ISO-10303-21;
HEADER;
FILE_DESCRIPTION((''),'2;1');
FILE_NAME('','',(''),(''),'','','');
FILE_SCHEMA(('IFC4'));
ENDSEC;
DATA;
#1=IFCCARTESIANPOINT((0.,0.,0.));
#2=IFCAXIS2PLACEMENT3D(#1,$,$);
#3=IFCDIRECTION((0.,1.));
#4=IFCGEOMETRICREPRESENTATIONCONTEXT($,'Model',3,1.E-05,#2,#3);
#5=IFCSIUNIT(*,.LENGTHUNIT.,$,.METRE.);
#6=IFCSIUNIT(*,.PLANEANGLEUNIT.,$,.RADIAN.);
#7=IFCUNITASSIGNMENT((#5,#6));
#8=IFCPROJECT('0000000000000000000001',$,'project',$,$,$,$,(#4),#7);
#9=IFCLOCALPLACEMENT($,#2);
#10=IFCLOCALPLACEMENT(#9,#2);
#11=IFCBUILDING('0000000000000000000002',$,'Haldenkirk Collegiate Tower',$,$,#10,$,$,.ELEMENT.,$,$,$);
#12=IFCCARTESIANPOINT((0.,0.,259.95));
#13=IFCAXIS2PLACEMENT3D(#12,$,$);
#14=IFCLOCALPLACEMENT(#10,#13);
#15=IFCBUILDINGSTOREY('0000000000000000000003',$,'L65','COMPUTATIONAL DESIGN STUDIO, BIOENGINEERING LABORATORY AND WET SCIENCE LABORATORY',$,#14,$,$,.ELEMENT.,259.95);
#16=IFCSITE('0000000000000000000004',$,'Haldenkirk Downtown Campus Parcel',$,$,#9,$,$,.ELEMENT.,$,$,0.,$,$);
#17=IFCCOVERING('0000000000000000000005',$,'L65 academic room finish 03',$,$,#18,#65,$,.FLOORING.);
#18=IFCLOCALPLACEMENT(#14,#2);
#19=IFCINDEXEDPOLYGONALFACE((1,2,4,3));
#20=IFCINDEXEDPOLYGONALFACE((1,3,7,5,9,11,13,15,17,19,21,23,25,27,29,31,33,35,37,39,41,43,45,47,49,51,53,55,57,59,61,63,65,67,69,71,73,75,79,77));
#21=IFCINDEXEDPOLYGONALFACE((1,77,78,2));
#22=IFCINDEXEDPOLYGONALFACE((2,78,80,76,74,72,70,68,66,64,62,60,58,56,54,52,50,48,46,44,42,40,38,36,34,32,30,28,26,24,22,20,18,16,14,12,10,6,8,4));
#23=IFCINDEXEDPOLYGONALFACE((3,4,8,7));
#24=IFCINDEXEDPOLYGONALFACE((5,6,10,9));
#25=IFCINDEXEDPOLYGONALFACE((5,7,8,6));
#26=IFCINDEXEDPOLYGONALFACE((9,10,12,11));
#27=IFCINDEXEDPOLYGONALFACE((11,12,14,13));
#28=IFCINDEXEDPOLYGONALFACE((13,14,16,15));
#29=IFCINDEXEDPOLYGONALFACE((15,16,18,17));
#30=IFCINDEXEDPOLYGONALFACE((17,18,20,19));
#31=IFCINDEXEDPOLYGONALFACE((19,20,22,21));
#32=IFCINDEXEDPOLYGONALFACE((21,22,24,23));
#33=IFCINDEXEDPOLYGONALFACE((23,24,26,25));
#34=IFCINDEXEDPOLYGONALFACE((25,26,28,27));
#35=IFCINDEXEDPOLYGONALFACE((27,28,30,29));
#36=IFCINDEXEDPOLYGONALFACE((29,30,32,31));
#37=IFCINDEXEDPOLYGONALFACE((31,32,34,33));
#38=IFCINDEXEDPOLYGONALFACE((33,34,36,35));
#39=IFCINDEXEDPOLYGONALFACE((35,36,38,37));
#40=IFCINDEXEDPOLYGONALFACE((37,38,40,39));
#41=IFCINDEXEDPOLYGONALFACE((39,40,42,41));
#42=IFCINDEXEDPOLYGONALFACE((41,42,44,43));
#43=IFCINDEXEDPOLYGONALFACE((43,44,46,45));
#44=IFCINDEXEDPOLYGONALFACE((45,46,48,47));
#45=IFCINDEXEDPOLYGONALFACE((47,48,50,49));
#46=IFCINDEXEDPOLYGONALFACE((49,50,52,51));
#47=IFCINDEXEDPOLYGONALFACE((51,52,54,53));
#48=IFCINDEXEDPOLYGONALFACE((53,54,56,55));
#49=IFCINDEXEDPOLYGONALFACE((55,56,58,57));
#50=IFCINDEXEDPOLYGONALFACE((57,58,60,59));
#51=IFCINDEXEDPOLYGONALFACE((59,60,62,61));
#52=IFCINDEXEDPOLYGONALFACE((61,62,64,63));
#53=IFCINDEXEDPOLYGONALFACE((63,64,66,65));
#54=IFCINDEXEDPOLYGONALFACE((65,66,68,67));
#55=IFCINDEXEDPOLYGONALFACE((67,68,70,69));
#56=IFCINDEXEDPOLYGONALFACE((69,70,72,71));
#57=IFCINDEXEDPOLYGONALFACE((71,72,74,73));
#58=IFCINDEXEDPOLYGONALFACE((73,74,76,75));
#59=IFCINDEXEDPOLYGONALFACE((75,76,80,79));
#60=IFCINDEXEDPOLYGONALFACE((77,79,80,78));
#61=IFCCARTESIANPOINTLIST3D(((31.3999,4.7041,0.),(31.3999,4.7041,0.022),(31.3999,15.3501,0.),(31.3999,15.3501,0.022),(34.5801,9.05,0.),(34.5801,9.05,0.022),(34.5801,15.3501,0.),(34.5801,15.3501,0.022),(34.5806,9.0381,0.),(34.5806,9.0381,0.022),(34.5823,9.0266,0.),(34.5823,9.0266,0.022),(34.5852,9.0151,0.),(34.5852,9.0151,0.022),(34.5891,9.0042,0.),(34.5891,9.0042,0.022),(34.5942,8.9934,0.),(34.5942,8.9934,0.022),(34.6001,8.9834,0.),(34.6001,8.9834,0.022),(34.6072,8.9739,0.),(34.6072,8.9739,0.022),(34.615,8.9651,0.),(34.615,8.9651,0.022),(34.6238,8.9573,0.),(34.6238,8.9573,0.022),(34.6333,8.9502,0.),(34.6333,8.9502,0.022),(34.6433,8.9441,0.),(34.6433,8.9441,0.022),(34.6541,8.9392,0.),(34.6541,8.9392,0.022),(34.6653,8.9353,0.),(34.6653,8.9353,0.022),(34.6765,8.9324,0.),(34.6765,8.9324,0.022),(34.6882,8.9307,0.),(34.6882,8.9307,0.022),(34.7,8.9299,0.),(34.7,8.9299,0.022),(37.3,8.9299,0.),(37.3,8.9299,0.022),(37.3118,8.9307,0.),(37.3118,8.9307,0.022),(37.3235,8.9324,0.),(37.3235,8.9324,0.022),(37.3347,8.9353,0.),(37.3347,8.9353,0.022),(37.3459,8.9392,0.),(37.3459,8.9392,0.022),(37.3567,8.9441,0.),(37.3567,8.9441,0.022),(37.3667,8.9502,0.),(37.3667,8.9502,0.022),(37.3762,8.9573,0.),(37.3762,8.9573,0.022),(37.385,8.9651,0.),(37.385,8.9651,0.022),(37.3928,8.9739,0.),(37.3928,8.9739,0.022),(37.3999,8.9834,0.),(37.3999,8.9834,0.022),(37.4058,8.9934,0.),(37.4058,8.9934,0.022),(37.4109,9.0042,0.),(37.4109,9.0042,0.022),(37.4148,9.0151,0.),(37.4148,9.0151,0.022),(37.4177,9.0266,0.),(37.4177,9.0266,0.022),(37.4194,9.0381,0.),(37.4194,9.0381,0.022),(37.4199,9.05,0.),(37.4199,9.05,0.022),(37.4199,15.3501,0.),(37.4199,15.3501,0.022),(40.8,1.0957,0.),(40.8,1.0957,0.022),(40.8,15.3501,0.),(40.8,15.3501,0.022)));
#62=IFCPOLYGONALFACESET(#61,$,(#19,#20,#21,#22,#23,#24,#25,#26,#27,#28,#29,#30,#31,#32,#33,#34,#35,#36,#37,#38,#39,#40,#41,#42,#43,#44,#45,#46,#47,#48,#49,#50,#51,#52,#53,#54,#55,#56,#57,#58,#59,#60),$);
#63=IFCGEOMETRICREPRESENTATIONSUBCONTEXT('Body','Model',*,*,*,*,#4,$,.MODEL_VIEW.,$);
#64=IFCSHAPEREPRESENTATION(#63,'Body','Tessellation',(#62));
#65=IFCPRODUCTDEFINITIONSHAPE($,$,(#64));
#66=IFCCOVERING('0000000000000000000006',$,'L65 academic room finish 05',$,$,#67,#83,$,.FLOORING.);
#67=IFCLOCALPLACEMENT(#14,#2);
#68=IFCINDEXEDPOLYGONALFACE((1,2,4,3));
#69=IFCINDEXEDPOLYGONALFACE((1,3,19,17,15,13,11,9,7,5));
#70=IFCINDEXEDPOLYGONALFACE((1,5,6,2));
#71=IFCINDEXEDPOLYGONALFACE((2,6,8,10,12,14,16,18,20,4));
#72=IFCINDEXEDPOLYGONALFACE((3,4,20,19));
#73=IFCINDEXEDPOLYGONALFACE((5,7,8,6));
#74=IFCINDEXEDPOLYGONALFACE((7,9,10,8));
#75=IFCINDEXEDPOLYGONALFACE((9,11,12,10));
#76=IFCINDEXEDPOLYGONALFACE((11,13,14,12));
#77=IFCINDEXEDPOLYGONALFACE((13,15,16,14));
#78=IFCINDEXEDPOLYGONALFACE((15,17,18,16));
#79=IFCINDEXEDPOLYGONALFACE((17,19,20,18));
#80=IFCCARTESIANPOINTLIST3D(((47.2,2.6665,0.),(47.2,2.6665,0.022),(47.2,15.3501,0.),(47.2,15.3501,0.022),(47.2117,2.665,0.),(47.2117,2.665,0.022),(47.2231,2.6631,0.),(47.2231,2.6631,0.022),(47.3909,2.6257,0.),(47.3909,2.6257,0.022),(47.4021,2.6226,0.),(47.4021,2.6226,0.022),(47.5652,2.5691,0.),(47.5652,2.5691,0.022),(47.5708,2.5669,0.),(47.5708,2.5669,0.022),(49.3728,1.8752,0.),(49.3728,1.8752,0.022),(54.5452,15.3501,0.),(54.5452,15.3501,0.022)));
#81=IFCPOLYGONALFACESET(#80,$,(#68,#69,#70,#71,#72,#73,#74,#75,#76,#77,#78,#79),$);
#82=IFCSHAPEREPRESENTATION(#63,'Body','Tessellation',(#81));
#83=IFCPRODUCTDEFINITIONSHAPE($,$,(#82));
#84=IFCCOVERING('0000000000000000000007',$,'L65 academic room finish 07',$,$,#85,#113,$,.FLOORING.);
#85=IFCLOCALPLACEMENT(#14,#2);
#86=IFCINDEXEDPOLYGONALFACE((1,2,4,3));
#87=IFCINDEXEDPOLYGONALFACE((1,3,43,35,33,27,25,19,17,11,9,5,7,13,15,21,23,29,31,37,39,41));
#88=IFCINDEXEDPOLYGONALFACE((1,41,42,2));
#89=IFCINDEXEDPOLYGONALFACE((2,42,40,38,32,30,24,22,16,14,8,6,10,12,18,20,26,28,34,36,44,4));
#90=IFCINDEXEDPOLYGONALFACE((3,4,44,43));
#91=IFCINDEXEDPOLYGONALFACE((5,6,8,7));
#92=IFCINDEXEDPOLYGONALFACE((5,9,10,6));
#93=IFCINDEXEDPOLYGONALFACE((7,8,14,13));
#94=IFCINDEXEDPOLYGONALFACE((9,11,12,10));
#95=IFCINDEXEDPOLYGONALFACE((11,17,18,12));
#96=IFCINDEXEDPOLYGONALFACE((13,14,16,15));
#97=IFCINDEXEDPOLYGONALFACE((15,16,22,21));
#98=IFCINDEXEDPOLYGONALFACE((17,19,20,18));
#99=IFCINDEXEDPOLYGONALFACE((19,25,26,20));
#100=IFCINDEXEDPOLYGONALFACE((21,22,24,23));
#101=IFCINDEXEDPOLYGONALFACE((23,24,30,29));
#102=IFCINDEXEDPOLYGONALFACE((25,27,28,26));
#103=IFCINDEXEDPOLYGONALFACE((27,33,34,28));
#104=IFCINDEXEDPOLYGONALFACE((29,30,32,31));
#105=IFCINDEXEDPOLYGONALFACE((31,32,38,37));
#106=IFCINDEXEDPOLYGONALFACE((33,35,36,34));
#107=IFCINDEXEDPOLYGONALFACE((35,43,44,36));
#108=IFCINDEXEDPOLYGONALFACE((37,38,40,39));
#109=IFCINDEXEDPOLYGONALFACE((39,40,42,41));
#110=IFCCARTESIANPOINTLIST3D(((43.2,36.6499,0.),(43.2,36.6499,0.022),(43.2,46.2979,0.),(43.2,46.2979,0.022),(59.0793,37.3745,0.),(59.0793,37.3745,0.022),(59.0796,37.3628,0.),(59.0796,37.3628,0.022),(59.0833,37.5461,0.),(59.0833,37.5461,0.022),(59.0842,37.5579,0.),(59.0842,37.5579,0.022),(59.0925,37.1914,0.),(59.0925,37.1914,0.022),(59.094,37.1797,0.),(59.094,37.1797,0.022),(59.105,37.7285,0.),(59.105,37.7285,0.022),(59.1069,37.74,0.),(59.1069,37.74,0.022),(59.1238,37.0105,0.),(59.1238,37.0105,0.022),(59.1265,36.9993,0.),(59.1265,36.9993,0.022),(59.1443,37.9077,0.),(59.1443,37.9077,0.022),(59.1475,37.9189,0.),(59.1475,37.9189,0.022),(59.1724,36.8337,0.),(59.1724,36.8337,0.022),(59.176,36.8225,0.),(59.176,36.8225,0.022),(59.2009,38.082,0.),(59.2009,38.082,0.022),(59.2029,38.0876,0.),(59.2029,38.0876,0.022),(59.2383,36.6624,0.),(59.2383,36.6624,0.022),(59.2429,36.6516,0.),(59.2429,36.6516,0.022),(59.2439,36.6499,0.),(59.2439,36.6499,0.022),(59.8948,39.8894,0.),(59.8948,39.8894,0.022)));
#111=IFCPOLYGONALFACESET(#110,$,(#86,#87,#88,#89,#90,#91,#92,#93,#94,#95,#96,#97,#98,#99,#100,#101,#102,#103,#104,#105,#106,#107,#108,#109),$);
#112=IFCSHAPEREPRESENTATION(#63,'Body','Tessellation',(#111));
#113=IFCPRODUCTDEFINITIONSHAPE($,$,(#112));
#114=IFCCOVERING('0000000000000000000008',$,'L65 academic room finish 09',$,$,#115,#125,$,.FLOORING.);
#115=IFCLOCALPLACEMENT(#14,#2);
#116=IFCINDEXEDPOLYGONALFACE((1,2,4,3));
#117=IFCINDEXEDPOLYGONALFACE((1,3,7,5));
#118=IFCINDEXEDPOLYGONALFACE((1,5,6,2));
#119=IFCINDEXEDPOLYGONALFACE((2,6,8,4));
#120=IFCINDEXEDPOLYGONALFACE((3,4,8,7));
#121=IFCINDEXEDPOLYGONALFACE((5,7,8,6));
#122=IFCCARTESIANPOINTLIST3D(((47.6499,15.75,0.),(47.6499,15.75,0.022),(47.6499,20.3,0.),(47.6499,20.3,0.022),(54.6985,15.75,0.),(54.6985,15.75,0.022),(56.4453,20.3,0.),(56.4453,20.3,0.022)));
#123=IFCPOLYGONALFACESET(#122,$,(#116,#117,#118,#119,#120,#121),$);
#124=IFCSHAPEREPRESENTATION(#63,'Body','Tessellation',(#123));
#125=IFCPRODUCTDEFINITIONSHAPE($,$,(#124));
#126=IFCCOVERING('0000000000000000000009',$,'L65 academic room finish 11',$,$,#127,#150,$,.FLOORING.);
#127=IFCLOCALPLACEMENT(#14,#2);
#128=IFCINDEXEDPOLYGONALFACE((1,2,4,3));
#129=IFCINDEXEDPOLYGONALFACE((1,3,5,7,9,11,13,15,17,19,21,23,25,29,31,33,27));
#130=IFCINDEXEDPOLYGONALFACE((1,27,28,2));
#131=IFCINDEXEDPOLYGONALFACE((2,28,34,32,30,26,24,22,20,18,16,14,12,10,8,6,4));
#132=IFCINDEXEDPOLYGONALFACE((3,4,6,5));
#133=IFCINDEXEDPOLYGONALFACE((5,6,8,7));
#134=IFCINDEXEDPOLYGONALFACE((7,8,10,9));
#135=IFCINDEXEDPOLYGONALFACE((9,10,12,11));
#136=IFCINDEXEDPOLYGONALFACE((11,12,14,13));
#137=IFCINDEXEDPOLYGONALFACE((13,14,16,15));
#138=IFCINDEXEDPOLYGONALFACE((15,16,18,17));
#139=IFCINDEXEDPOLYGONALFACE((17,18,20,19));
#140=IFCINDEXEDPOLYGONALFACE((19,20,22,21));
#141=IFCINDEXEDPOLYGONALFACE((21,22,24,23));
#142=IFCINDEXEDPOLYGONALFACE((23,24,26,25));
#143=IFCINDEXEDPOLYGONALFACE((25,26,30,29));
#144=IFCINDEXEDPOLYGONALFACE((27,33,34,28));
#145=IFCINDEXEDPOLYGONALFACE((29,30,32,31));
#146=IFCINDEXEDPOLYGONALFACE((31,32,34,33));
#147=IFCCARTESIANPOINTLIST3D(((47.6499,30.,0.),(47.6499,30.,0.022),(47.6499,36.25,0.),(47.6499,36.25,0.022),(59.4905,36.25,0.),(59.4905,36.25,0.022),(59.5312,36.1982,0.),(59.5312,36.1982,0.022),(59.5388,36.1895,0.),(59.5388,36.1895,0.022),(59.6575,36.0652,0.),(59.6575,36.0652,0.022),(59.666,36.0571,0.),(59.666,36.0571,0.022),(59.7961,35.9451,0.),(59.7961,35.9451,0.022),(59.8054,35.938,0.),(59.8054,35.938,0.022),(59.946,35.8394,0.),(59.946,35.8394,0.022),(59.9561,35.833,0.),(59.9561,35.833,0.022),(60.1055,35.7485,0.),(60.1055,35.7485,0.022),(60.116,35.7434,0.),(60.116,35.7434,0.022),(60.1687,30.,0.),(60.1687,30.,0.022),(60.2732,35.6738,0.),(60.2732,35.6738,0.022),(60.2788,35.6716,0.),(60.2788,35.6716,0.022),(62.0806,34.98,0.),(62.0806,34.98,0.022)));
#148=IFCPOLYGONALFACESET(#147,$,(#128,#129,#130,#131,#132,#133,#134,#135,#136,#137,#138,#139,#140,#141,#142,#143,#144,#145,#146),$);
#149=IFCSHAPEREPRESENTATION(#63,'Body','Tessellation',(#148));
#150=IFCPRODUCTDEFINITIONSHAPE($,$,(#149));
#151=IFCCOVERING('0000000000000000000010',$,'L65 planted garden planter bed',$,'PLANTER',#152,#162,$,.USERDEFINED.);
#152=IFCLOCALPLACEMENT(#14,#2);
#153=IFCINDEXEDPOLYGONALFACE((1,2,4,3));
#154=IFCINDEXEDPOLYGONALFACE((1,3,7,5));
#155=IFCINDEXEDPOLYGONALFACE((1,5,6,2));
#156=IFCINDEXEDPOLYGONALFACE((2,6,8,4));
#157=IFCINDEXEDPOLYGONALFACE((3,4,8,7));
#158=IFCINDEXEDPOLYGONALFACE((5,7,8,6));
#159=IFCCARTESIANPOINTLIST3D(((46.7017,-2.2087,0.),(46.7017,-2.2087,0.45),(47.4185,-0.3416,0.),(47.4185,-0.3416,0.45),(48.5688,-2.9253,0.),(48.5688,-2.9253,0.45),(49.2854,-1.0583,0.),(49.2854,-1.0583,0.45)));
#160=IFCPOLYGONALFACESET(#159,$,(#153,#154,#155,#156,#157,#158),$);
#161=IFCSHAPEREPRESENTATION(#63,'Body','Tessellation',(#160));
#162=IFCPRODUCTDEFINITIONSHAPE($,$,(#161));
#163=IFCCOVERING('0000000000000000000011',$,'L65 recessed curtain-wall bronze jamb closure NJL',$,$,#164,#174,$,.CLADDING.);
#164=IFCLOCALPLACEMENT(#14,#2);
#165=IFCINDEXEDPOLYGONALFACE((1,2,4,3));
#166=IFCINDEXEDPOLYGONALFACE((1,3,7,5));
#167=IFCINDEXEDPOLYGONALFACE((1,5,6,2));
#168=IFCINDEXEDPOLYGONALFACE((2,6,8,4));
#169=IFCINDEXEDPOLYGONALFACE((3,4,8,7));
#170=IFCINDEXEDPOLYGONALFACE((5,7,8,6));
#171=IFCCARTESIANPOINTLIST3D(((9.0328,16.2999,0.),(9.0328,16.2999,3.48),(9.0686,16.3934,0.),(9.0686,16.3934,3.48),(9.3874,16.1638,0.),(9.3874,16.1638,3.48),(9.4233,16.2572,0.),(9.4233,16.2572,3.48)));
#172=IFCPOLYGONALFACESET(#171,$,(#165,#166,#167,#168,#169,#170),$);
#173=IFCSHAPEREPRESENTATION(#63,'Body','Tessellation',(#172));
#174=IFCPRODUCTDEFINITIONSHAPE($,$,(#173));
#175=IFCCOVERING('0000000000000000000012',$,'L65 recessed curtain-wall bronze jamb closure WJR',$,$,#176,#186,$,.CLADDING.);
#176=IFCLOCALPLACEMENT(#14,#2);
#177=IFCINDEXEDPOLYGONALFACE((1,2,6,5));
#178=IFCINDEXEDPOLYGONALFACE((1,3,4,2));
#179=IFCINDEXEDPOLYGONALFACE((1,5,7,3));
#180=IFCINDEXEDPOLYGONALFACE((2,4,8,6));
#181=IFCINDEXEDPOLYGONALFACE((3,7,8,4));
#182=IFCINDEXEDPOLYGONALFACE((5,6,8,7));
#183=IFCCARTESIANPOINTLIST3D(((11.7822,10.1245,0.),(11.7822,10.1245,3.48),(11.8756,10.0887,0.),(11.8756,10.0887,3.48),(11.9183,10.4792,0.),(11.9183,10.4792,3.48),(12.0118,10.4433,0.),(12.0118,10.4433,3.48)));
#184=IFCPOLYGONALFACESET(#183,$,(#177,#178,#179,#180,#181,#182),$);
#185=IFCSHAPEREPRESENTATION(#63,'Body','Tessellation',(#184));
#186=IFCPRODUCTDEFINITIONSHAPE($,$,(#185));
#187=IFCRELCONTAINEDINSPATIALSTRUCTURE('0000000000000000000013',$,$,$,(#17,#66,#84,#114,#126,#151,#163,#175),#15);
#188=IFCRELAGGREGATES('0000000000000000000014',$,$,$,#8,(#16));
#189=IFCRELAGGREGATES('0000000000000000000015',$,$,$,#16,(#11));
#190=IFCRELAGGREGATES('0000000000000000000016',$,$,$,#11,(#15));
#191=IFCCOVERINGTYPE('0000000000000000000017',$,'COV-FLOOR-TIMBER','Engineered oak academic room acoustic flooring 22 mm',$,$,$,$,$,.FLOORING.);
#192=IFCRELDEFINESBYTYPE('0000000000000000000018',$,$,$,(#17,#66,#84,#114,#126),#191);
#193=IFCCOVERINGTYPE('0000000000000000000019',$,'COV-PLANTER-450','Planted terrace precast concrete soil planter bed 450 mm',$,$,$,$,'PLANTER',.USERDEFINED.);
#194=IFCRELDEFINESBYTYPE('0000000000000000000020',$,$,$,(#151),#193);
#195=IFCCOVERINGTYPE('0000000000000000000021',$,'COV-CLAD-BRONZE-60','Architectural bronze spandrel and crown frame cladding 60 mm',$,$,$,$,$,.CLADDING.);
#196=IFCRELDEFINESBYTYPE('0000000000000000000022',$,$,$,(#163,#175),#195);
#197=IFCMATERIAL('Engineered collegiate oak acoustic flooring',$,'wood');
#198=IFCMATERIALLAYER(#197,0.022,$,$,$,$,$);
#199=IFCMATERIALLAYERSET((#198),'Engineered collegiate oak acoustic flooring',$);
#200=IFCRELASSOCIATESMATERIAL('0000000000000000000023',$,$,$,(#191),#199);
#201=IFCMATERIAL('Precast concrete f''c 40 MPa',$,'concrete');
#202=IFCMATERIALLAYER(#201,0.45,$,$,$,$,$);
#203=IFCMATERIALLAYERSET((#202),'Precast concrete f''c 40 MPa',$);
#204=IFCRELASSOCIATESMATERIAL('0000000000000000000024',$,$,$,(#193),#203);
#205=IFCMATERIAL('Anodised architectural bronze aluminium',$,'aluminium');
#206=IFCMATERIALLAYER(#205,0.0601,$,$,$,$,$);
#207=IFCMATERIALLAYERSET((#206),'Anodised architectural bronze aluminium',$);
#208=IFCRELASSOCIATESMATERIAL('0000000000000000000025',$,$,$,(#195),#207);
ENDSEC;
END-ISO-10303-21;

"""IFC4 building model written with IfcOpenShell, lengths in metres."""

from ifc_helpers import new_model, si_unit, direction, frame, origin, origin_2d, place, context, subcontext, project, spatial, polyline, rectangle, outline, extrude, source, transform, mapped, material, layer, layer_set, type_object, element, save


model = new_model("IFC4")

# Units and contexts
model_context = context("Model", 3, precision=1e-05, world=origin(), true_north=direction((0.0, 1.0)))
body_context = subcontext(model_context, "Body", "Model", "MODEL_VIEW")
ifc_project = project(units=[si_unit("LENGTHUNIT", "METRE"), si_unit("PLANEANGLEUNIT", "RADIAN")], contexts=[model_context])

# Site, building, storey
site_placement = place(None, origin())
site = spatial("IfcSite", under=ifc_project, at=site_placement, Name="Haldenkirk Downtown Campus Parcel", CompositionType="ELEMENT", RefElevation=0.0)
building_placement = place(site_placement, origin())
building = spatial("IfcBuilding", under=site, at=building_placement, Name="Haldenkirk Collegiate Tower", CompositionType="ELEMENT")
storey_placement = place(building_placement, frame((0.0, 0.0, 259.95)))
storey = spatial("IfcBuildingStorey", under=building, at=storey_placement, Name="L65", Description="COMPUTATIONAL DESIGN STUDIO, BIOENGINEERING LABORATORY AND WET SCIENCE LABORATORY", CompositionType="ELEMENT", Elevation=259.95)

# Shared definitions
ifc_material_1 = material(Name="Anodised architectural bronze aluminium", Category="aluminium")

# Shared definitions
ifc_material_2 = material(Name="Precast concrete f'c 40 MPa", Category="concrete")

# Coverings
ifc_material_3 = material(Name="Engineered collegiate oak acoustic flooring", Category="wood")
ifc_layer_1 = layer(ifc_material_3, 0.022)
ifc_layer_set_1 = layer_set([ifc_layer_1], Name="Engineered collegiate oak acoustic flooring")
covering_type_1 = type_object("IfcCoveringType", Name="COV-FLOOR-TIMBER", Description="Engineered oak academic room acoustic flooring 22 mm", PredefinedType="FLOORING", material=ifc_layer_set_1)
covering_1_placement = place(storey_placement, origin())
element("IfcCovering", 1, at=covering_1_placement, inside=storey, type_object=covering_type_1, Name="L65 academic room finish 03", PredefinedType="FLOORING", context=body_context, shape_type="SweptSolid", body=[
    extrude(outline(polyline([(31.3999, 4.7041), (31.3999, 15.3501), (34.5801, 15.3501), (34.5801, 9.05), (34.5806, 9.0381), (34.5823, 9.0266), (34.5852, 9.0151), (34.5891, 9.0042), (34.5942, 8.9934), (34.6001, 8.9834), (34.6072, 8.9739), (34.615, 8.9651), (34.6238, 8.9573), (34.6333, 8.9502), (34.6433, 8.9441), (34.6541, 8.9392), (34.6653, 8.9353), (34.6765, 8.9324), (34.6882, 8.9307), (34.7, 8.9299), (37.3, 8.9299), (37.3118, 8.9307), (37.3235, 8.9324), (37.3347, 8.9353), (37.3459, 8.9392), (37.3567, 8.9441), (37.3667, 8.9502), (37.3762, 8.9573), (37.385, 8.9651), (37.3928, 8.9739), (37.3999, 8.9834), (37.4058, 8.9934), (37.4109, 9.0042), (37.4148, 9.0151), (37.4177, 9.0266), (37.4194, 9.0381), (37.4199, 9.05), (37.4199, 15.3501), (40.8, 15.3501), (40.8, 1.0957), (31.3999, 4.7041)])), origin(), (0.0, 0.0, 1.0), 0.022),
])
covering_2_placement = place(storey_placement, origin())
element("IfcCovering", 2, at=covering_2_placement, inside=storey, type_object=covering_type_1, Name="L65 academic room finish 05", PredefinedType="FLOORING", context=body_context, shape_type="SweptSolid", body=[
    extrude(outline(polyline([(49.3728, 1.8752), (47.5708, 2.5669), (47.5652, 2.5691), (47.4021, 2.6226), (47.3909, 2.6257), (47.2231, 2.6631), (47.2117, 2.665), (47.2, 2.6665), (47.2, 15.3501), (54.5452, 15.3501), (49.3728, 1.8752)])), origin(), (0.0, 0.0, 1.0), 0.022),
])
covering_3_placement = place(storey_placement, origin())
element("IfcCovering", 3, at=covering_3_placement, inside=storey, type_object=covering_type_1, Name="L65 academic room finish 07", PredefinedType="FLOORING", context=body_context, shape_type="SweptSolid", body=[
    extrude(outline(polyline([(59.2439, 36.6499), (43.2, 36.6499), (43.2, 46.2979), (59.8948, 39.8894), (59.2029, 38.0876), (59.2009, 38.082), (59.1475, 37.9189), (59.1443, 37.9077), (59.1069, 37.74), (59.105, 37.7285), (59.0842, 37.5579), (59.0833, 37.5461), (59.0793, 37.3745), (59.0796, 37.3628), (59.0925, 37.1914), (59.094, 37.1797), (59.1238, 37.0105), (59.1265, 36.9993), (59.1724, 36.8337), (59.176, 36.8225), (59.2383, 36.6624), (59.2429, 36.6516), (59.2439, 36.6499)])), origin(), (0.0, 0.0, 1.0), 0.022),
])
covering_4_placement = place(storey_placement, origin())
element("IfcCovering", 4, at=covering_4_placement, inside=storey, type_object=covering_type_1, Name="L65 academic room finish 09", PredefinedType="FLOORING", context=body_context, shape_type="SweptSolid", body=[
    extrude(outline(polyline([(54.6985, 15.75), (47.6499, 15.75), (47.6499, 20.3), (56.4453, 20.3), (54.6985, 15.75)])), origin(), (0.0, 0.0, 1.0), 0.022),
])
covering_5_placement = place(storey_placement, origin())
element("IfcCovering", 5, at=covering_5_placement, inside=storey, type_object=covering_type_1, Name="L65 academic room finish 11", PredefinedType="FLOORING", context=body_context, shape_type="SweptSolid", body=[
    extrude(outline(polyline([(59.5312, 36.1982), (59.5388, 36.1895), (59.6575, 36.0652), (59.666, 36.0571), (59.7961, 35.9451), (59.8054, 35.938), (59.946, 35.8394), (59.9561, 35.833), (60.1055, 35.7485), (60.116, 35.7434), (60.2732, 35.6738), (60.2788, 35.6716), (62.0806, 34.98), (60.1687, 30.0), (47.6499, 30.0), (47.6499, 36.25), (59.4905, 36.25), (59.5312, 36.1982)])), origin(), (0.0, 0.0, 1.0), 0.022),
])
ifc_layer_2 = layer(ifc_material_2, 0.45)
ifc_layer_set_2 = layer_set([ifc_layer_2], Name="Precast concrete f'c 40 MPa")
covering_type_2 = type_object("IfcCoveringType", Name="COV-PLANTER-450", Description="Planted terrace precast concrete soil planter bed 450 mm", ElementType="PLANTER", PredefinedType="USERDEFINED", material=ifc_layer_set_2)
covering_6_placement = place(storey_placement, origin())
element("IfcCovering", 6, at=covering_6_placement, inside=storey, type_object=covering_type_2, Name="L65 planted garden planter bed", ObjectType="PLANTER", PredefinedType="USERDEFINED", context=body_context, shape_type="SweptSolid", body=[
    extrude(outline(polyline([(48.5688, -2.9253), (46.7017, -2.2087), (47.4185, -0.3416), (49.2854, -1.0583), (48.5688, -2.9253)])), origin(), (0.0, 0.0, 1.0), 0.45),
])
ifc_layer_3 = layer(ifc_material_1, 0.0601)
ifc_layer_set_3 = layer_set([ifc_layer_3], Name="Anodised architectural bronze aluminium")
covering_type_3 = type_object("IfcCoveringType", Name="COV-CLAD-BRONZE-60", Description="Architectural bronze spandrel and crown frame cladding 60 mm", PredefinedType="CLADDING", material=ifc_layer_set_3)
shared_shape_1 = source(origin(), body_context, "Body", "SweptSolid", [
    extrude(rectangle(XDim=0.1001, YDim=0.3799, at=origin_2d()), origin(), (0.0, 0.0, 1.0), 3.48),
])
for number, where, z_axis, x_axis, name in (
    (7, (9.228, 16.2786, 0.0), (0.0, 0.0, 1.0), (0.358368, 0.93358, 0.0), "L65 recessed curtain-wall bronze jamb closure NJL"),
    (8, (11.897, 10.2839, 0.0), (0.0, 0.0, 1.0), (-0.93358, 0.358368, 0.0), "L65 recessed curtain-wall bronze jamb closure WJR"),
):
    element("IfcCovering", number, at=place(storey_placement, frame(where, z_axis=z_axis, x_axis=x_axis)), inside=storey, type_object=covering_type_3, Name=name, PredefinedType="CLADDING", context=body_context, shape_type="MappedRepresentation", body=[
        mapped(shared_shape_1, transform((0.0, 0.0, 0.0), x_axis=(1.0, 0.0, 0.0), y_axis=(0.0, 1.0, 0.0), z_axis=(0.0, 0.0, 1.0), scale=1.0)),
    ])

save(model, "model.ifc")
